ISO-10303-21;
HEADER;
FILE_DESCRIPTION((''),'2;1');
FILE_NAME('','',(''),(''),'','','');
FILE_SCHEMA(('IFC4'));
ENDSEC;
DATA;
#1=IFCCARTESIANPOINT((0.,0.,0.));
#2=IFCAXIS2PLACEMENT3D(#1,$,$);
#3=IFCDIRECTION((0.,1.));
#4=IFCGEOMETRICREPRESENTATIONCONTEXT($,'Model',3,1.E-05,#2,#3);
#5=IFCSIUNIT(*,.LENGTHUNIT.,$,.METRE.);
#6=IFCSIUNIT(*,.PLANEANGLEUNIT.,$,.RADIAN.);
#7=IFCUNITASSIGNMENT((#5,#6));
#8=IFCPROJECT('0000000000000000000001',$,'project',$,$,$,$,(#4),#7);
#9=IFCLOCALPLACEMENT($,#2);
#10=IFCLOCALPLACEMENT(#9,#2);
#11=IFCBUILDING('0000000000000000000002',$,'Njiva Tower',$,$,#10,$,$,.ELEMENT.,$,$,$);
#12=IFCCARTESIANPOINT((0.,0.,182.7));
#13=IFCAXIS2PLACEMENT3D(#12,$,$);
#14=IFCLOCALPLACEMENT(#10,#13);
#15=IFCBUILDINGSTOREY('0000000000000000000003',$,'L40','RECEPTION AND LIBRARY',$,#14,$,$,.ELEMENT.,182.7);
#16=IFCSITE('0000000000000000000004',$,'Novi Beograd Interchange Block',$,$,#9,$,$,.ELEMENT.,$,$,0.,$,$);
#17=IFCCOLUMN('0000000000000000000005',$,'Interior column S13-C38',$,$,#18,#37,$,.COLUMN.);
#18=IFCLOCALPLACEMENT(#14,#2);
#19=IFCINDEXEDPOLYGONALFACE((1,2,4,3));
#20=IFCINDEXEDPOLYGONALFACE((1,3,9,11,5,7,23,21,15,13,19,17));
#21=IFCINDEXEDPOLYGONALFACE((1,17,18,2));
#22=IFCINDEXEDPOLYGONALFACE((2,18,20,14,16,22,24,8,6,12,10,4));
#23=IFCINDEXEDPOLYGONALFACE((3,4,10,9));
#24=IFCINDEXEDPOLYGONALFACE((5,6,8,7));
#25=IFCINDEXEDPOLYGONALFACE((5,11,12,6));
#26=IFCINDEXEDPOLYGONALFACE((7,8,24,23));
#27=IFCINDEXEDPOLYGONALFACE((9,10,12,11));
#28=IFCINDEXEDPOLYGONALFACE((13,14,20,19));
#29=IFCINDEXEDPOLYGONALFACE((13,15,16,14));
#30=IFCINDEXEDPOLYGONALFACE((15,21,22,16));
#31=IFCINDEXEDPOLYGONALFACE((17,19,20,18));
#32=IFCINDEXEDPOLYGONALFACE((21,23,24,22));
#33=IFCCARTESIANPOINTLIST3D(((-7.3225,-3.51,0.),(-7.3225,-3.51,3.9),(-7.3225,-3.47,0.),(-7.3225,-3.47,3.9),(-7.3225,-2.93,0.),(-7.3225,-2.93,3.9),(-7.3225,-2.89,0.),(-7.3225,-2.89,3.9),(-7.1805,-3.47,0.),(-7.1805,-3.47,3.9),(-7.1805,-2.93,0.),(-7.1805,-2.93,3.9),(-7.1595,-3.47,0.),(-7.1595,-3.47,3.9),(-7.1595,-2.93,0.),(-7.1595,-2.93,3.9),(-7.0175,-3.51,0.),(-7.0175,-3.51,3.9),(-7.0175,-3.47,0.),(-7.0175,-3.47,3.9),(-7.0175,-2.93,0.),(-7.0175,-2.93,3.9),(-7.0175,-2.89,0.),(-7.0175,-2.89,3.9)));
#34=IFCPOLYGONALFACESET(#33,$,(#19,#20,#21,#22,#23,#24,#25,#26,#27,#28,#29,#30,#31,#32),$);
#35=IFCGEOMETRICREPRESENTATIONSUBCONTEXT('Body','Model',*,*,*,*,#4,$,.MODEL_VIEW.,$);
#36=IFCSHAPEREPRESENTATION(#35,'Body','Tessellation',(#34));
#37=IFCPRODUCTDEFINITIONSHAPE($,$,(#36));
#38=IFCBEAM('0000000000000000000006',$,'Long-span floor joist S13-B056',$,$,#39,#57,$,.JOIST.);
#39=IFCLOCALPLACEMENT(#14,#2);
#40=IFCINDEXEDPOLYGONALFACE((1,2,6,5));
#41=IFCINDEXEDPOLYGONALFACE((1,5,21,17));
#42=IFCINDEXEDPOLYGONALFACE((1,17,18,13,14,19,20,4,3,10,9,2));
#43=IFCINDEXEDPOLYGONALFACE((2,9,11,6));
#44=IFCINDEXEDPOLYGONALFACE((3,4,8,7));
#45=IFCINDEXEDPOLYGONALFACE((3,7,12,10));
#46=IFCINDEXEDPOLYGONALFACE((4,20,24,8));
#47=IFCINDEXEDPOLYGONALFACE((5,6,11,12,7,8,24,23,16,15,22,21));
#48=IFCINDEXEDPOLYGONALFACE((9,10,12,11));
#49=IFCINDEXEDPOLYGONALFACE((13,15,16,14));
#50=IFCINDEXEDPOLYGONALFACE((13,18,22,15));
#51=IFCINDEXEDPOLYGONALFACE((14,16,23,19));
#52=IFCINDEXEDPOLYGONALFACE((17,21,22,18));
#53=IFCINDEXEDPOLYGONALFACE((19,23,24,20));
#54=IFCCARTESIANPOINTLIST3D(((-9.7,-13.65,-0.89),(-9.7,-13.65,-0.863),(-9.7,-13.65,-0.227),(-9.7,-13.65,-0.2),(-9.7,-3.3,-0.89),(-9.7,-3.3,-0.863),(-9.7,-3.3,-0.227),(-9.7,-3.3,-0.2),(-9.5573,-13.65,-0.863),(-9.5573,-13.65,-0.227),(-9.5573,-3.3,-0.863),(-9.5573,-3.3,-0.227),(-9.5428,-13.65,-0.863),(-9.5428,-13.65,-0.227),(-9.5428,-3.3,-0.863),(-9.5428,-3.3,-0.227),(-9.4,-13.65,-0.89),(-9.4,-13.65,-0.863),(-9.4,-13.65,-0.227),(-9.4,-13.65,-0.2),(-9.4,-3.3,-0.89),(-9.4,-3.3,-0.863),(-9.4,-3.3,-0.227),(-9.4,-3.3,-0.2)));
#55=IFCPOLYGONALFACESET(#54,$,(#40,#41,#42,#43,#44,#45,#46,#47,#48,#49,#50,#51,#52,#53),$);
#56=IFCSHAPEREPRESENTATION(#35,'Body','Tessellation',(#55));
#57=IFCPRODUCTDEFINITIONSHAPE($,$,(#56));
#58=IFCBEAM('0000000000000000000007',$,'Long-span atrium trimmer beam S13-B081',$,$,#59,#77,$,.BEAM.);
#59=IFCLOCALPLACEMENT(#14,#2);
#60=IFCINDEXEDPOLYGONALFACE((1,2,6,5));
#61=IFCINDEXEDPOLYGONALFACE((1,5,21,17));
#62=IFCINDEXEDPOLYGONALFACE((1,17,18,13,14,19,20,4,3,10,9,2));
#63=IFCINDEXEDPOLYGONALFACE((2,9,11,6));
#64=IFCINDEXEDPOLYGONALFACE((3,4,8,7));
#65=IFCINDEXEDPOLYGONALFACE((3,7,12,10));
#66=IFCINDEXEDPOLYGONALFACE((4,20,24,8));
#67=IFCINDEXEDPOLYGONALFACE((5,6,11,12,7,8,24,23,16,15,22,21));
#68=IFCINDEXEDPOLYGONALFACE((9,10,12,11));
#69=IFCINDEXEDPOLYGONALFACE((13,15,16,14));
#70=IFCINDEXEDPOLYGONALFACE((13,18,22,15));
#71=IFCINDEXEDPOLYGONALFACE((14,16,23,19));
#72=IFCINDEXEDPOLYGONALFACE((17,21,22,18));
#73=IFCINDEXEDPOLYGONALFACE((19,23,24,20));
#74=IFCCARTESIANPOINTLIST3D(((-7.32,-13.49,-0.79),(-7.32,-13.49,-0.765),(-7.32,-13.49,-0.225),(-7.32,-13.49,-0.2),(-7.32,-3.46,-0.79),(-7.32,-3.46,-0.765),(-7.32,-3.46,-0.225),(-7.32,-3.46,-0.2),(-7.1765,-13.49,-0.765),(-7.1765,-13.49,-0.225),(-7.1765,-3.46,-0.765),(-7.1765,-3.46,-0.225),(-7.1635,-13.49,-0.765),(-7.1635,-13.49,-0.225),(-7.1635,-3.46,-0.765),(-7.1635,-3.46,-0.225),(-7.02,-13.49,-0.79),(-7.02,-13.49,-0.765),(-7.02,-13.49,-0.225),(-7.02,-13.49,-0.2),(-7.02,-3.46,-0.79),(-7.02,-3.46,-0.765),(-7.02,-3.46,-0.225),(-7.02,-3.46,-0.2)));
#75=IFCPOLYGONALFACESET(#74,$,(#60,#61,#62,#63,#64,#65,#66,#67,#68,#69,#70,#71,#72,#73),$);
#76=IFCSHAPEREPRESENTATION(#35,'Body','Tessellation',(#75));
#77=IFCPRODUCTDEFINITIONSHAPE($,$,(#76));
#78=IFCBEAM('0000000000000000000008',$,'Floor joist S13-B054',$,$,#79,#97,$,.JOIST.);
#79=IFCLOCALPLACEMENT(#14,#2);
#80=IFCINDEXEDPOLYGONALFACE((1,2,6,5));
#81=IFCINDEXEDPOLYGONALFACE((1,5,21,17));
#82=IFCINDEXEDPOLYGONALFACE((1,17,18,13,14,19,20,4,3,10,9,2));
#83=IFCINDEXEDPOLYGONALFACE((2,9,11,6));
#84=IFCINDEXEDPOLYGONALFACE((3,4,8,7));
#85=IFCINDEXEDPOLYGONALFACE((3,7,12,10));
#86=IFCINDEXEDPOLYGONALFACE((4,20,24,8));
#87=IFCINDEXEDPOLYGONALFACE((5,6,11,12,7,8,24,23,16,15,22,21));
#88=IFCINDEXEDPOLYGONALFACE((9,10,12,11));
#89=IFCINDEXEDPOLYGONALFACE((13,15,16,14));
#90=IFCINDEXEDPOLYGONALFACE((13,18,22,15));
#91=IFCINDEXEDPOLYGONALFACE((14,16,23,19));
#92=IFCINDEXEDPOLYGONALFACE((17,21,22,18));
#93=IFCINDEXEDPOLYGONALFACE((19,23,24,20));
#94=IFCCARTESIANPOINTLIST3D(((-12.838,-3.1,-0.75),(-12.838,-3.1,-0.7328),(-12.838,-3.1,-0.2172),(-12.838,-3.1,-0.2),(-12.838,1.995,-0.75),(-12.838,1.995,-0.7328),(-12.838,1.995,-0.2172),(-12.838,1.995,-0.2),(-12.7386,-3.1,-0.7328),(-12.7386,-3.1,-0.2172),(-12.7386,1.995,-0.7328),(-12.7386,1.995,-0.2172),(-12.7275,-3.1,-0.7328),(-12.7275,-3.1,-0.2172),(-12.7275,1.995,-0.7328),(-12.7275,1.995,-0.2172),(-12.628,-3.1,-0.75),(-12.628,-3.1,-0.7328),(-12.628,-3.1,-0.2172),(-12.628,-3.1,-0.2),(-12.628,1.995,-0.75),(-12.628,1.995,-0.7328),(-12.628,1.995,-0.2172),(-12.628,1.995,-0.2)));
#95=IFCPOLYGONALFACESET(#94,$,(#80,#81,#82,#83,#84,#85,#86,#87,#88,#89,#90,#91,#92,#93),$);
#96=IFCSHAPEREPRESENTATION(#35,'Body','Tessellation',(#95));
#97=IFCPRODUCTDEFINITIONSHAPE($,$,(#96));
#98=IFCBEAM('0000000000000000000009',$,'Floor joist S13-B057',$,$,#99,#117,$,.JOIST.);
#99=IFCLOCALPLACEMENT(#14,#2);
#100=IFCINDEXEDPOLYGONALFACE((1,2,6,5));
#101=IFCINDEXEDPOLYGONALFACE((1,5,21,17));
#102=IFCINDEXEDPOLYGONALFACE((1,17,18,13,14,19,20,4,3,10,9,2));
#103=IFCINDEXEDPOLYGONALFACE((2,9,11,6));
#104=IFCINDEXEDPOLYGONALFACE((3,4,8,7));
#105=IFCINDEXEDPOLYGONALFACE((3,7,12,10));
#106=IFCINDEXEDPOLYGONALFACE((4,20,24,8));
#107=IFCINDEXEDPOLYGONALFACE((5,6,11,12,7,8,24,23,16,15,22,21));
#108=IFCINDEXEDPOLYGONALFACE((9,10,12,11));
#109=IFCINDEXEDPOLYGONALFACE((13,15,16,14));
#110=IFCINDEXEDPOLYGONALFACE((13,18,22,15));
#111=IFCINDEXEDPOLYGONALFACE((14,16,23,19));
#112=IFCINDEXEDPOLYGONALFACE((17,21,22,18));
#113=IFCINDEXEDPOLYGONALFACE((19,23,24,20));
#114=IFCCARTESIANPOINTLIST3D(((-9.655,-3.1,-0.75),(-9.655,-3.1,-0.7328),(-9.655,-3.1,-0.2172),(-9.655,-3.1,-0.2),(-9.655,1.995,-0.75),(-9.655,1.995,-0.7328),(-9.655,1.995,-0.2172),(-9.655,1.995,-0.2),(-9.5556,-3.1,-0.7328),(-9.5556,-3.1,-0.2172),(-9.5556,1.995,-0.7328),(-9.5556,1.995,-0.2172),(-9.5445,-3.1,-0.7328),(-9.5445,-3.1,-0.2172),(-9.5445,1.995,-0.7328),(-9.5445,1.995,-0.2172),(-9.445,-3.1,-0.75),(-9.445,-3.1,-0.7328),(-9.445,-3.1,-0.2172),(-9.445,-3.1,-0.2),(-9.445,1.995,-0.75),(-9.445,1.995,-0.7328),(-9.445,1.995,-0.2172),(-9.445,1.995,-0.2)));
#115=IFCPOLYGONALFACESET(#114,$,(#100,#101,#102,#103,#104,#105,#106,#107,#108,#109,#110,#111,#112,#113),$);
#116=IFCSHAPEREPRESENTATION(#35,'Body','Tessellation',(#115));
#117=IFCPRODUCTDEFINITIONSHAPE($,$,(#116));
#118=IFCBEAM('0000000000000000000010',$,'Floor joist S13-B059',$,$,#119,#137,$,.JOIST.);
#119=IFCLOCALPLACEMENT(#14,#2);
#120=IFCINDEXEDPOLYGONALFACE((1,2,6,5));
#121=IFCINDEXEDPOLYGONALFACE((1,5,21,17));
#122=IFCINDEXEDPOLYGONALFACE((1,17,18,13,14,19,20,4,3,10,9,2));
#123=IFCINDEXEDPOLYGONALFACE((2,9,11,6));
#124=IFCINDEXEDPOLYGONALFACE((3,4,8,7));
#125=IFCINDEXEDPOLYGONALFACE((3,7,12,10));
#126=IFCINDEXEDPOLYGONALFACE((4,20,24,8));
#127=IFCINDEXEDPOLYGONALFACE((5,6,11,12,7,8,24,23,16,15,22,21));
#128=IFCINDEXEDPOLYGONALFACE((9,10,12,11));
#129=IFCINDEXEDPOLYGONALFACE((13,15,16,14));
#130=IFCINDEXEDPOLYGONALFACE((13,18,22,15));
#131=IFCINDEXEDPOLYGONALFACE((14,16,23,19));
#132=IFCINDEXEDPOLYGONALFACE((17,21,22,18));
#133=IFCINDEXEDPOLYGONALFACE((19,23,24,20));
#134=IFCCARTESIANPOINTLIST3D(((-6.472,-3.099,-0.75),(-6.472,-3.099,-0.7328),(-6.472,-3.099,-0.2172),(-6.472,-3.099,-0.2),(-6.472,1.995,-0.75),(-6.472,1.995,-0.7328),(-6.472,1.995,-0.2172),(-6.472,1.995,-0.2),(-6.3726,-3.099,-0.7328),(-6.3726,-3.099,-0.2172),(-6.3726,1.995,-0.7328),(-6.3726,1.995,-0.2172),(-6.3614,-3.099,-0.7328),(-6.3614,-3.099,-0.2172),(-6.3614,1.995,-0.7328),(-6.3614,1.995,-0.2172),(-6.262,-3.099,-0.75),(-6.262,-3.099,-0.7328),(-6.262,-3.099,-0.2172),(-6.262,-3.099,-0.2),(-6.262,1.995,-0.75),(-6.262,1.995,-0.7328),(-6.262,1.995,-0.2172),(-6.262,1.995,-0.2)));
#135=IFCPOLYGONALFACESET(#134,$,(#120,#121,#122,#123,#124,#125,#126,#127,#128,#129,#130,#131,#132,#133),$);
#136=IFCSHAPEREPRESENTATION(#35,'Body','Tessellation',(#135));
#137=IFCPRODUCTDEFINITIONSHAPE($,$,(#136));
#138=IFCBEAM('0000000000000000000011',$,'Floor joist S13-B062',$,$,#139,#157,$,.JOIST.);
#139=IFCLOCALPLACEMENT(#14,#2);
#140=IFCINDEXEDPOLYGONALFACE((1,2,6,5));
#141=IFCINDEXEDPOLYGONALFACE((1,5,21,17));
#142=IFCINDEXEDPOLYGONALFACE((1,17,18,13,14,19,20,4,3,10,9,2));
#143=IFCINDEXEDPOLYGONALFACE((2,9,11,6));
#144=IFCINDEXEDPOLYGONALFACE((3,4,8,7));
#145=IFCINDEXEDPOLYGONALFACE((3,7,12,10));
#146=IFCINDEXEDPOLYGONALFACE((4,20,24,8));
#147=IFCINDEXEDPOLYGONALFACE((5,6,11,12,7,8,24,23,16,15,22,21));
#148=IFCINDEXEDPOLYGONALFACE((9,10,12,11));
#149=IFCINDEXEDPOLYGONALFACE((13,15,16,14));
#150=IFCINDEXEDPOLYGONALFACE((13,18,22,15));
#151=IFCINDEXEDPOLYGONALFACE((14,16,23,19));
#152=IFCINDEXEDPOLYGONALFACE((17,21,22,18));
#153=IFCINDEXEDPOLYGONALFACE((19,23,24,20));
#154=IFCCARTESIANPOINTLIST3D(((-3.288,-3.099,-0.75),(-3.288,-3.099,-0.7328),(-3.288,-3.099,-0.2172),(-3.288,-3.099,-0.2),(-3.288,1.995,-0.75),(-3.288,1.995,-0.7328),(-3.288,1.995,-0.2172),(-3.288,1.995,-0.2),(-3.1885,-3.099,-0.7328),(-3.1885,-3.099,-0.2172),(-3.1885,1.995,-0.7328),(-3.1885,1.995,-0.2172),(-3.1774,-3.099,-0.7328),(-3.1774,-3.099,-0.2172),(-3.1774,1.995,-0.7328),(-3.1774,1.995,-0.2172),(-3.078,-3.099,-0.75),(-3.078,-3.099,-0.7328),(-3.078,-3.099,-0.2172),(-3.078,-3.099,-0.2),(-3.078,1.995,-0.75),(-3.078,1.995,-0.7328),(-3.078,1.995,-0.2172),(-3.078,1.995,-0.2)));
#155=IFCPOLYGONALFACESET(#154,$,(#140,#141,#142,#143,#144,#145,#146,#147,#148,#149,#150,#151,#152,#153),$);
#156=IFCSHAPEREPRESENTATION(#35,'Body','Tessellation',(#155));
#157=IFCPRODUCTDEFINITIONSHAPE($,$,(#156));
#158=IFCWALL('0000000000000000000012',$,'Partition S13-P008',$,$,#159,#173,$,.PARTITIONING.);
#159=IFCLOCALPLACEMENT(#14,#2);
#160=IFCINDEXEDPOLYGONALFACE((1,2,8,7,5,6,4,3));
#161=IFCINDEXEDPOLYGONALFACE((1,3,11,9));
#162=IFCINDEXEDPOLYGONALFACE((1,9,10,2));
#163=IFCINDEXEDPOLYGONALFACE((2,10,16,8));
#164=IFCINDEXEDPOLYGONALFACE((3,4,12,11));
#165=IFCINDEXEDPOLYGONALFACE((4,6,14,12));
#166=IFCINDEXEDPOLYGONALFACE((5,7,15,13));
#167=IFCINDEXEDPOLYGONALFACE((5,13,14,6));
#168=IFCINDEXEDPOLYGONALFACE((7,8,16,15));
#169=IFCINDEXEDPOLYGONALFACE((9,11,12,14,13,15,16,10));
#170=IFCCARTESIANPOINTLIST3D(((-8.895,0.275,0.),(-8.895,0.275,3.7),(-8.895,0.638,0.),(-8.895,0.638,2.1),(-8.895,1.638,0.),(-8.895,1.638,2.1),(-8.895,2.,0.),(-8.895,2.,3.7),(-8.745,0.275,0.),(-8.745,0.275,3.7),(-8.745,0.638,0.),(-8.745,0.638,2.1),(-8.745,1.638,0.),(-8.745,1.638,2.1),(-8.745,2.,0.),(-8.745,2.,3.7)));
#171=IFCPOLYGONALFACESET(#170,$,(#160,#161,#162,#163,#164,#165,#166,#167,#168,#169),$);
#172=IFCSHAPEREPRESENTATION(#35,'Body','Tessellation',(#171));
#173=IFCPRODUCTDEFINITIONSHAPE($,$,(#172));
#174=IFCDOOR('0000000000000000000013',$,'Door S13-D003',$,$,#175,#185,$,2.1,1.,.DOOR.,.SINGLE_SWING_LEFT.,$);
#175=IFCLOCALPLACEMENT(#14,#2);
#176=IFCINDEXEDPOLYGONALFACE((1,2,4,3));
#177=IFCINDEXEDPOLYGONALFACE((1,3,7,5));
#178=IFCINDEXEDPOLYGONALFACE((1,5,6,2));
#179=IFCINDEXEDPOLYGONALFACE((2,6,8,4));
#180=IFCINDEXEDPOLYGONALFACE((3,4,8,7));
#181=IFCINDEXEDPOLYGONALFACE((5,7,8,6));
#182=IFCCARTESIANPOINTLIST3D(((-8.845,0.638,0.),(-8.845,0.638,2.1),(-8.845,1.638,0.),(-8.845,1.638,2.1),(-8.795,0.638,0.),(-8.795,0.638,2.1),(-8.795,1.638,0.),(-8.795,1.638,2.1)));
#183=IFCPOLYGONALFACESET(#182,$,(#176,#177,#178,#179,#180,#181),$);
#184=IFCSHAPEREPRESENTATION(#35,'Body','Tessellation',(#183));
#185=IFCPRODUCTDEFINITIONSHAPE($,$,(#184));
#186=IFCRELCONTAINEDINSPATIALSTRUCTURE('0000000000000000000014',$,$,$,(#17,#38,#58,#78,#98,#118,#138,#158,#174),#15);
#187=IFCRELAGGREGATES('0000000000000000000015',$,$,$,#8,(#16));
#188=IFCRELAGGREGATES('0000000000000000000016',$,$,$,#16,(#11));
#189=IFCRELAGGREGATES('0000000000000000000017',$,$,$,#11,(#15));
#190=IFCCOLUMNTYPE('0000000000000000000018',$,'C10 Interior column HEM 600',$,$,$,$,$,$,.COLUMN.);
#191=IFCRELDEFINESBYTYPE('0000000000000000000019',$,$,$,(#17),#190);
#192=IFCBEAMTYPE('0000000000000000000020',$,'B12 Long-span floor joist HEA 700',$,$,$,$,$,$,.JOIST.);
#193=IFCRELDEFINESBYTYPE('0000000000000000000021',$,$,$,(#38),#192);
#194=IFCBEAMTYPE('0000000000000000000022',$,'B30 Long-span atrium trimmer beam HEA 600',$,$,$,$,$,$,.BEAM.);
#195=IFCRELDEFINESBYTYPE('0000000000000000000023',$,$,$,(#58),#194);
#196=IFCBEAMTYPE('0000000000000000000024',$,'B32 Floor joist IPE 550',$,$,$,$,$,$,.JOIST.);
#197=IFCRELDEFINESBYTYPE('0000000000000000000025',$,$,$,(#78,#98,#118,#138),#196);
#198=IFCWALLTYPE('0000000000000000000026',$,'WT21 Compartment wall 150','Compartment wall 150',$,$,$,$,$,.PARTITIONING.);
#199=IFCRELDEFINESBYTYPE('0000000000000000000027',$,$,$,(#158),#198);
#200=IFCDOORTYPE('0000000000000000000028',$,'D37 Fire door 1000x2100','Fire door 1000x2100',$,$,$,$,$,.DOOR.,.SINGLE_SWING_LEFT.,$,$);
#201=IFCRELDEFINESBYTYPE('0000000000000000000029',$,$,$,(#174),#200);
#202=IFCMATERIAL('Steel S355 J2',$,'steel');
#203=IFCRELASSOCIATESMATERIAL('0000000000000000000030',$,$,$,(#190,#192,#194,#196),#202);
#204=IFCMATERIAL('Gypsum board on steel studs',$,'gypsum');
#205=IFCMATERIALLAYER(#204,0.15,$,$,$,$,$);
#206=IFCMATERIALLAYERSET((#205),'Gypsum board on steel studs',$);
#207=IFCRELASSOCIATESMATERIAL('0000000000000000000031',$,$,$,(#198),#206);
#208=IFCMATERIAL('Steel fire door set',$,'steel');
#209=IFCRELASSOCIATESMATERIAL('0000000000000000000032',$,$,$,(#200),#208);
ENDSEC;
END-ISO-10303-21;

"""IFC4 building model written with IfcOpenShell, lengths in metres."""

from ifc_helpers import new_model, si_unit, direction, frame, frame_2d, origin, origin_2d, place, context, subcontext, project, spatial, rectangle, i_section, extrude, material, layer, layer_set, material_profile, profile_set, type_object, element, fill, save


model = new_model("IFC4")

# Units and contexts
model_context = context("Model", 3, precision=1e-05, world=origin(), true_north=direction((0.0, 1.0)))
body_context = subcontext(model_context, "Body", "Model", "MODEL_VIEW")
ifc_project = project(units=[si_unit("LENGTHUNIT", "METRE"), si_unit("PLANEANGLEUNIT", "RADIAN")], contexts=[model_context])

# Site, building, storey
site_placement = place(None, origin())
site = spatial("IfcSite", under=ifc_project, at=site_placement, Name="Novi Beograd Interchange Block", CompositionType="ELEMENT", RefElevation=0.0)
building_placement = place(site_placement, origin())
building = spatial("IfcBuilding", under=site, at=building_placement, Name="Njiva Tower", CompositionType="ELEMENT")
storey_placement = place(building_placement, frame((0.0, 0.0, 182.7)))
storey = spatial("IfcBuildingStorey", under=building, at=storey_placement, Name="L40", Description="RECEPTION AND LIBRARY", CompositionType="ELEMENT", Elevation=182.7)

# Column
ifc_material_1 = material(Name="Steel S355 J2", Category="steel")
ifc_material_profile_1 = material_profile(ifc_material_1, i_section(OverallWidth=0.305, OverallDepth=0.62, WebThickness=0.021, FlangeThickness=0.04, at=origin_2d()), Name="HEM 600")
ifc_profile_set_1 = profile_set([ifc_material_profile_1], Name="Steel S355 J2")
column_type = type_object("IfcColumnType", Name="C10 Interior column HEM 600", PredefinedType="COLUMN", material=ifc_profile_set_1)
column_placement = place(storey_placement, frame((-7.17, -3.2, 0.0), z_axis=(0.0, 0.0, 1.0), x_axis=(1.0, 0.0, 0.0)))
element("IfcColumn", 1, at=column_placement, inside=storey, type_object=column_type, Name="Interior column S13-C38", PredefinedType="COLUMN", context=body_context, shape_type="SweptSolid", body=[
    extrude(i_section(OverallWidth=0.305, OverallDepth=0.62, WebThickness=0.021, FlangeThickness=0.04, at=origin_2d()), origin(), (0.0, 0.0, 1.0), 3.9),
])

# Beams
ifc_material_profile_2 = material_profile(ifc_material_1, i_section(OverallWidth=0.3, OverallDepth=0.69, WebThickness=0.0145, FlangeThickness=0.027, at=origin_2d()), Name="HEA 700")
ifc_profile_set_2 = profile_set([ifc_material_profile_2], Name="Steel S355 J2")
beam_type_1 = type_object("IfcBeamType", Name="B12 Long-span floor joist HEA 700", PredefinedType="JOIST", material=ifc_profile_set_2)
beam_1_placement = place(storey_placement, frame((-9.55, -3.3, -0.545), z_axis=(0.0, -1.0, 0.0), x_axis=(1.0, 0.0, 0.0)))
element("IfcBeam", 2, at=beam_1_placement, inside=storey, type_object=beam_type_1, Name="Long-span floor joist S13-B056", PredefinedType="JOIST", context=body_context, shape_type="SweptSolid", body=[
    extrude(i_section(OverallWidth=0.3, OverallDepth=0.69, WebThickness=0.0145, FlangeThickness=0.027, at=origin_2d()), origin(), (0.0, 0.0, 1.0), 10.35),
])
ifc_material_profile_3 = material_profile(ifc_material_1, i_section(OverallWidth=0.3, OverallDepth=0.59, WebThickness=0.013, FlangeThickness=0.025, at=origin_2d()), Name="HEA 600")
ifc_profile_set_3 = profile_set([ifc_material_profile_3], Name="Steel S355 J2")
beam_type_2 = type_object("IfcBeamType", Name="B30 Long-span atrium trimmer beam HEA 600", PredefinedType="BEAM", material=ifc_profile_set_3)
beam_2_placement = place(storey_placement, frame((-7.17, -3.46, -0.495), z_axis=(0.0, -1.0, 0.0), x_axis=(1.0, 0.0, 0.0)))
element("IfcBeam", 3, at=beam_2_placement, inside=storey, type_object=beam_type_2, Name="Long-span atrium trimmer beam S13-B081", PredefinedType="BEAM", context=body_context, shape_type="SweptSolid", body=[
    extrude(i_section(OverallWidth=0.3, OverallDepth=0.59, WebThickness=0.013, FlangeThickness=0.025, at=origin_2d()), origin(), (0.0, 0.0, 1.0), 10.03),
])
ifc_material_profile_4 = material_profile(ifc_material_1, i_section(OverallWidth=0.21, OverallDepth=0.55, WebThickness=0.0111, FlangeThickness=0.0172, at=origin_2d()), Name="IPE 550")
ifc_profile_set_4 = profile_set([ifc_material_profile_4], Name="Steel S355 J2")
beam_type_3 = type_object("IfcBeamType", Name="B32 Floor joist IPE 550", PredefinedType="JOIST", material=ifc_profile_set_4)
for number, where, z_axis, x_axis, name in (
    (4, (-12.733, 1.995, -0.475), (0.0, -1.0, 0.0), (1.0, 0.0, 0.0), "Floor joist S13-B054"),
    (5, (-9.55, 1.995, -0.475), (0.0, -1.0, 0.0), (1.0, 0.0, 0.0), "Floor joist S13-B057"),
):
    element("IfcBeam", number, at=place(storey_placement, frame(where, z_axis=z_axis, x_axis=x_axis)), inside=storey, type_object=beam_type_3, Name=name, PredefinedType="JOIST", context=body_context, shape_type="SweptSolid", body=[
        extrude(i_section(OverallWidth=0.21, OverallDepth=0.55, WebThickness=0.0111, FlangeThickness=0.0172, at=origin_2d()), origin(), (0.0, 0.0, 1.0), 5.095),
    ])
for number, where, z_axis, x_axis, name in (
    (6, (-6.367, 1.995, -0.475), (0.0, -1.0, 0.0), (1.0, 0.0, 0.0), "Floor joist S13-B059"),
    (7, (-3.183, 1.995, -0.475), (0.0, -1.0, 0.0), (1.0, 0.0, 0.0), "Floor joist S13-B062"),
):
    element("IfcBeam", number, at=place(storey_placement, frame(where, z_axis=z_axis, x_axis=x_axis)), inside=storey, type_object=beam_type_3, Name=name, PredefinedType="JOIST", context=body_context, shape_type="SweptSolid", body=[
        extrude(i_section(OverallWidth=0.21, OverallDepth=0.55, WebThickness=0.0111, FlangeThickness=0.0172, at=origin_2d()), origin(), (0.0, 0.0, 1.0), 5.094),
    ])

# Wall, opening, door
ifc_material_2 = material(Name="Gypsum board on steel studs", Category="gypsum")
ifc_layer_1 = layer(ifc_material_2, 0.15)
ifc_layer_set_1 = layer_set([ifc_layer_1], Name="Gypsum board on steel studs")
wall_type_1 = type_object("IfcWallType", Name="WT21 Compartment wall 150", Description="Compartment wall 150", PredefinedType="PARTITIONING", material=ifc_layer_set_1)
wall_1_placement = place(storey_placement, frame((-8.82, 0.275, 0.0), z_axis=(0.0, 0.0, 1.0), x_axis=(0.0, 1.0, 0.0)))
wall_1 = element("IfcWall", 8, at=wall_1_placement, inside=storey, type_object=wall_type_1, Name="Partition S13-P008", PredefinedType="PARTITIONING", context=body_context, shape_type="SweptSolid", body=[
    extrude(rectangle(XDim=1.725, YDim=0.15, at=frame_2d((0.8625, 0.0))), origin(), (0.0, 0.0, 1.0), 3.7),
])
opening_1_placement = place(wall_1_placement, frame((0.363, 0.0, 0.0)))
opening_1 = element("IfcOpeningElement", 9, at=opening_1_placement, cuts=wall_1, PredefinedType="OPENING", context=body_context, shape_type="SweptSolid", body=[
    extrude(rectangle(XDim=1.0, YDim=2.1, at=frame_2d((0.5, 1.05))), frame((0.0, 0.085, 0.0), z_axis=(0.0, -1.0, 0.0), x_axis=(1.0, 0.0, 0.0)), (0.0, 0.0, 1.0), 0.17),
])
ifc_material_3 = material(Name="Steel fire door set", Category="steel")
door_type = type_object("IfcDoorType", Name="D37 Fire door 1000x2100", Description="Fire door 1000x2100", OperationType="SINGLE_SWING_LEFT", PredefinedType="DOOR", material=ifc_material_3)
door_1_placement = place(opening_1_placement, origin())
door_1 = element("IfcDoor", 10, at=door_1_placement, inside=storey, type_object=door_type, Name="Door S13-D003", OperationType="SINGLE_SWING_LEFT", OverallHeight=2.1, OverallWidth=1.0, PredefinedType="DOOR", context=body_context, shape_type="SweptSolid", body=[
    extrude(rectangle(XDim=1.0, YDim=2.1, at=frame_2d((0.5, 1.05))), frame((0.0, 0.025, 0.0), z_axis=(0.0, -1.0, 0.0), x_axis=(1.0, 0.0, 0.0)), (0.0, 0.0, 1.0), 0.05),
])
fill(opening_1, door_1)

save(model, "model.ifc")
